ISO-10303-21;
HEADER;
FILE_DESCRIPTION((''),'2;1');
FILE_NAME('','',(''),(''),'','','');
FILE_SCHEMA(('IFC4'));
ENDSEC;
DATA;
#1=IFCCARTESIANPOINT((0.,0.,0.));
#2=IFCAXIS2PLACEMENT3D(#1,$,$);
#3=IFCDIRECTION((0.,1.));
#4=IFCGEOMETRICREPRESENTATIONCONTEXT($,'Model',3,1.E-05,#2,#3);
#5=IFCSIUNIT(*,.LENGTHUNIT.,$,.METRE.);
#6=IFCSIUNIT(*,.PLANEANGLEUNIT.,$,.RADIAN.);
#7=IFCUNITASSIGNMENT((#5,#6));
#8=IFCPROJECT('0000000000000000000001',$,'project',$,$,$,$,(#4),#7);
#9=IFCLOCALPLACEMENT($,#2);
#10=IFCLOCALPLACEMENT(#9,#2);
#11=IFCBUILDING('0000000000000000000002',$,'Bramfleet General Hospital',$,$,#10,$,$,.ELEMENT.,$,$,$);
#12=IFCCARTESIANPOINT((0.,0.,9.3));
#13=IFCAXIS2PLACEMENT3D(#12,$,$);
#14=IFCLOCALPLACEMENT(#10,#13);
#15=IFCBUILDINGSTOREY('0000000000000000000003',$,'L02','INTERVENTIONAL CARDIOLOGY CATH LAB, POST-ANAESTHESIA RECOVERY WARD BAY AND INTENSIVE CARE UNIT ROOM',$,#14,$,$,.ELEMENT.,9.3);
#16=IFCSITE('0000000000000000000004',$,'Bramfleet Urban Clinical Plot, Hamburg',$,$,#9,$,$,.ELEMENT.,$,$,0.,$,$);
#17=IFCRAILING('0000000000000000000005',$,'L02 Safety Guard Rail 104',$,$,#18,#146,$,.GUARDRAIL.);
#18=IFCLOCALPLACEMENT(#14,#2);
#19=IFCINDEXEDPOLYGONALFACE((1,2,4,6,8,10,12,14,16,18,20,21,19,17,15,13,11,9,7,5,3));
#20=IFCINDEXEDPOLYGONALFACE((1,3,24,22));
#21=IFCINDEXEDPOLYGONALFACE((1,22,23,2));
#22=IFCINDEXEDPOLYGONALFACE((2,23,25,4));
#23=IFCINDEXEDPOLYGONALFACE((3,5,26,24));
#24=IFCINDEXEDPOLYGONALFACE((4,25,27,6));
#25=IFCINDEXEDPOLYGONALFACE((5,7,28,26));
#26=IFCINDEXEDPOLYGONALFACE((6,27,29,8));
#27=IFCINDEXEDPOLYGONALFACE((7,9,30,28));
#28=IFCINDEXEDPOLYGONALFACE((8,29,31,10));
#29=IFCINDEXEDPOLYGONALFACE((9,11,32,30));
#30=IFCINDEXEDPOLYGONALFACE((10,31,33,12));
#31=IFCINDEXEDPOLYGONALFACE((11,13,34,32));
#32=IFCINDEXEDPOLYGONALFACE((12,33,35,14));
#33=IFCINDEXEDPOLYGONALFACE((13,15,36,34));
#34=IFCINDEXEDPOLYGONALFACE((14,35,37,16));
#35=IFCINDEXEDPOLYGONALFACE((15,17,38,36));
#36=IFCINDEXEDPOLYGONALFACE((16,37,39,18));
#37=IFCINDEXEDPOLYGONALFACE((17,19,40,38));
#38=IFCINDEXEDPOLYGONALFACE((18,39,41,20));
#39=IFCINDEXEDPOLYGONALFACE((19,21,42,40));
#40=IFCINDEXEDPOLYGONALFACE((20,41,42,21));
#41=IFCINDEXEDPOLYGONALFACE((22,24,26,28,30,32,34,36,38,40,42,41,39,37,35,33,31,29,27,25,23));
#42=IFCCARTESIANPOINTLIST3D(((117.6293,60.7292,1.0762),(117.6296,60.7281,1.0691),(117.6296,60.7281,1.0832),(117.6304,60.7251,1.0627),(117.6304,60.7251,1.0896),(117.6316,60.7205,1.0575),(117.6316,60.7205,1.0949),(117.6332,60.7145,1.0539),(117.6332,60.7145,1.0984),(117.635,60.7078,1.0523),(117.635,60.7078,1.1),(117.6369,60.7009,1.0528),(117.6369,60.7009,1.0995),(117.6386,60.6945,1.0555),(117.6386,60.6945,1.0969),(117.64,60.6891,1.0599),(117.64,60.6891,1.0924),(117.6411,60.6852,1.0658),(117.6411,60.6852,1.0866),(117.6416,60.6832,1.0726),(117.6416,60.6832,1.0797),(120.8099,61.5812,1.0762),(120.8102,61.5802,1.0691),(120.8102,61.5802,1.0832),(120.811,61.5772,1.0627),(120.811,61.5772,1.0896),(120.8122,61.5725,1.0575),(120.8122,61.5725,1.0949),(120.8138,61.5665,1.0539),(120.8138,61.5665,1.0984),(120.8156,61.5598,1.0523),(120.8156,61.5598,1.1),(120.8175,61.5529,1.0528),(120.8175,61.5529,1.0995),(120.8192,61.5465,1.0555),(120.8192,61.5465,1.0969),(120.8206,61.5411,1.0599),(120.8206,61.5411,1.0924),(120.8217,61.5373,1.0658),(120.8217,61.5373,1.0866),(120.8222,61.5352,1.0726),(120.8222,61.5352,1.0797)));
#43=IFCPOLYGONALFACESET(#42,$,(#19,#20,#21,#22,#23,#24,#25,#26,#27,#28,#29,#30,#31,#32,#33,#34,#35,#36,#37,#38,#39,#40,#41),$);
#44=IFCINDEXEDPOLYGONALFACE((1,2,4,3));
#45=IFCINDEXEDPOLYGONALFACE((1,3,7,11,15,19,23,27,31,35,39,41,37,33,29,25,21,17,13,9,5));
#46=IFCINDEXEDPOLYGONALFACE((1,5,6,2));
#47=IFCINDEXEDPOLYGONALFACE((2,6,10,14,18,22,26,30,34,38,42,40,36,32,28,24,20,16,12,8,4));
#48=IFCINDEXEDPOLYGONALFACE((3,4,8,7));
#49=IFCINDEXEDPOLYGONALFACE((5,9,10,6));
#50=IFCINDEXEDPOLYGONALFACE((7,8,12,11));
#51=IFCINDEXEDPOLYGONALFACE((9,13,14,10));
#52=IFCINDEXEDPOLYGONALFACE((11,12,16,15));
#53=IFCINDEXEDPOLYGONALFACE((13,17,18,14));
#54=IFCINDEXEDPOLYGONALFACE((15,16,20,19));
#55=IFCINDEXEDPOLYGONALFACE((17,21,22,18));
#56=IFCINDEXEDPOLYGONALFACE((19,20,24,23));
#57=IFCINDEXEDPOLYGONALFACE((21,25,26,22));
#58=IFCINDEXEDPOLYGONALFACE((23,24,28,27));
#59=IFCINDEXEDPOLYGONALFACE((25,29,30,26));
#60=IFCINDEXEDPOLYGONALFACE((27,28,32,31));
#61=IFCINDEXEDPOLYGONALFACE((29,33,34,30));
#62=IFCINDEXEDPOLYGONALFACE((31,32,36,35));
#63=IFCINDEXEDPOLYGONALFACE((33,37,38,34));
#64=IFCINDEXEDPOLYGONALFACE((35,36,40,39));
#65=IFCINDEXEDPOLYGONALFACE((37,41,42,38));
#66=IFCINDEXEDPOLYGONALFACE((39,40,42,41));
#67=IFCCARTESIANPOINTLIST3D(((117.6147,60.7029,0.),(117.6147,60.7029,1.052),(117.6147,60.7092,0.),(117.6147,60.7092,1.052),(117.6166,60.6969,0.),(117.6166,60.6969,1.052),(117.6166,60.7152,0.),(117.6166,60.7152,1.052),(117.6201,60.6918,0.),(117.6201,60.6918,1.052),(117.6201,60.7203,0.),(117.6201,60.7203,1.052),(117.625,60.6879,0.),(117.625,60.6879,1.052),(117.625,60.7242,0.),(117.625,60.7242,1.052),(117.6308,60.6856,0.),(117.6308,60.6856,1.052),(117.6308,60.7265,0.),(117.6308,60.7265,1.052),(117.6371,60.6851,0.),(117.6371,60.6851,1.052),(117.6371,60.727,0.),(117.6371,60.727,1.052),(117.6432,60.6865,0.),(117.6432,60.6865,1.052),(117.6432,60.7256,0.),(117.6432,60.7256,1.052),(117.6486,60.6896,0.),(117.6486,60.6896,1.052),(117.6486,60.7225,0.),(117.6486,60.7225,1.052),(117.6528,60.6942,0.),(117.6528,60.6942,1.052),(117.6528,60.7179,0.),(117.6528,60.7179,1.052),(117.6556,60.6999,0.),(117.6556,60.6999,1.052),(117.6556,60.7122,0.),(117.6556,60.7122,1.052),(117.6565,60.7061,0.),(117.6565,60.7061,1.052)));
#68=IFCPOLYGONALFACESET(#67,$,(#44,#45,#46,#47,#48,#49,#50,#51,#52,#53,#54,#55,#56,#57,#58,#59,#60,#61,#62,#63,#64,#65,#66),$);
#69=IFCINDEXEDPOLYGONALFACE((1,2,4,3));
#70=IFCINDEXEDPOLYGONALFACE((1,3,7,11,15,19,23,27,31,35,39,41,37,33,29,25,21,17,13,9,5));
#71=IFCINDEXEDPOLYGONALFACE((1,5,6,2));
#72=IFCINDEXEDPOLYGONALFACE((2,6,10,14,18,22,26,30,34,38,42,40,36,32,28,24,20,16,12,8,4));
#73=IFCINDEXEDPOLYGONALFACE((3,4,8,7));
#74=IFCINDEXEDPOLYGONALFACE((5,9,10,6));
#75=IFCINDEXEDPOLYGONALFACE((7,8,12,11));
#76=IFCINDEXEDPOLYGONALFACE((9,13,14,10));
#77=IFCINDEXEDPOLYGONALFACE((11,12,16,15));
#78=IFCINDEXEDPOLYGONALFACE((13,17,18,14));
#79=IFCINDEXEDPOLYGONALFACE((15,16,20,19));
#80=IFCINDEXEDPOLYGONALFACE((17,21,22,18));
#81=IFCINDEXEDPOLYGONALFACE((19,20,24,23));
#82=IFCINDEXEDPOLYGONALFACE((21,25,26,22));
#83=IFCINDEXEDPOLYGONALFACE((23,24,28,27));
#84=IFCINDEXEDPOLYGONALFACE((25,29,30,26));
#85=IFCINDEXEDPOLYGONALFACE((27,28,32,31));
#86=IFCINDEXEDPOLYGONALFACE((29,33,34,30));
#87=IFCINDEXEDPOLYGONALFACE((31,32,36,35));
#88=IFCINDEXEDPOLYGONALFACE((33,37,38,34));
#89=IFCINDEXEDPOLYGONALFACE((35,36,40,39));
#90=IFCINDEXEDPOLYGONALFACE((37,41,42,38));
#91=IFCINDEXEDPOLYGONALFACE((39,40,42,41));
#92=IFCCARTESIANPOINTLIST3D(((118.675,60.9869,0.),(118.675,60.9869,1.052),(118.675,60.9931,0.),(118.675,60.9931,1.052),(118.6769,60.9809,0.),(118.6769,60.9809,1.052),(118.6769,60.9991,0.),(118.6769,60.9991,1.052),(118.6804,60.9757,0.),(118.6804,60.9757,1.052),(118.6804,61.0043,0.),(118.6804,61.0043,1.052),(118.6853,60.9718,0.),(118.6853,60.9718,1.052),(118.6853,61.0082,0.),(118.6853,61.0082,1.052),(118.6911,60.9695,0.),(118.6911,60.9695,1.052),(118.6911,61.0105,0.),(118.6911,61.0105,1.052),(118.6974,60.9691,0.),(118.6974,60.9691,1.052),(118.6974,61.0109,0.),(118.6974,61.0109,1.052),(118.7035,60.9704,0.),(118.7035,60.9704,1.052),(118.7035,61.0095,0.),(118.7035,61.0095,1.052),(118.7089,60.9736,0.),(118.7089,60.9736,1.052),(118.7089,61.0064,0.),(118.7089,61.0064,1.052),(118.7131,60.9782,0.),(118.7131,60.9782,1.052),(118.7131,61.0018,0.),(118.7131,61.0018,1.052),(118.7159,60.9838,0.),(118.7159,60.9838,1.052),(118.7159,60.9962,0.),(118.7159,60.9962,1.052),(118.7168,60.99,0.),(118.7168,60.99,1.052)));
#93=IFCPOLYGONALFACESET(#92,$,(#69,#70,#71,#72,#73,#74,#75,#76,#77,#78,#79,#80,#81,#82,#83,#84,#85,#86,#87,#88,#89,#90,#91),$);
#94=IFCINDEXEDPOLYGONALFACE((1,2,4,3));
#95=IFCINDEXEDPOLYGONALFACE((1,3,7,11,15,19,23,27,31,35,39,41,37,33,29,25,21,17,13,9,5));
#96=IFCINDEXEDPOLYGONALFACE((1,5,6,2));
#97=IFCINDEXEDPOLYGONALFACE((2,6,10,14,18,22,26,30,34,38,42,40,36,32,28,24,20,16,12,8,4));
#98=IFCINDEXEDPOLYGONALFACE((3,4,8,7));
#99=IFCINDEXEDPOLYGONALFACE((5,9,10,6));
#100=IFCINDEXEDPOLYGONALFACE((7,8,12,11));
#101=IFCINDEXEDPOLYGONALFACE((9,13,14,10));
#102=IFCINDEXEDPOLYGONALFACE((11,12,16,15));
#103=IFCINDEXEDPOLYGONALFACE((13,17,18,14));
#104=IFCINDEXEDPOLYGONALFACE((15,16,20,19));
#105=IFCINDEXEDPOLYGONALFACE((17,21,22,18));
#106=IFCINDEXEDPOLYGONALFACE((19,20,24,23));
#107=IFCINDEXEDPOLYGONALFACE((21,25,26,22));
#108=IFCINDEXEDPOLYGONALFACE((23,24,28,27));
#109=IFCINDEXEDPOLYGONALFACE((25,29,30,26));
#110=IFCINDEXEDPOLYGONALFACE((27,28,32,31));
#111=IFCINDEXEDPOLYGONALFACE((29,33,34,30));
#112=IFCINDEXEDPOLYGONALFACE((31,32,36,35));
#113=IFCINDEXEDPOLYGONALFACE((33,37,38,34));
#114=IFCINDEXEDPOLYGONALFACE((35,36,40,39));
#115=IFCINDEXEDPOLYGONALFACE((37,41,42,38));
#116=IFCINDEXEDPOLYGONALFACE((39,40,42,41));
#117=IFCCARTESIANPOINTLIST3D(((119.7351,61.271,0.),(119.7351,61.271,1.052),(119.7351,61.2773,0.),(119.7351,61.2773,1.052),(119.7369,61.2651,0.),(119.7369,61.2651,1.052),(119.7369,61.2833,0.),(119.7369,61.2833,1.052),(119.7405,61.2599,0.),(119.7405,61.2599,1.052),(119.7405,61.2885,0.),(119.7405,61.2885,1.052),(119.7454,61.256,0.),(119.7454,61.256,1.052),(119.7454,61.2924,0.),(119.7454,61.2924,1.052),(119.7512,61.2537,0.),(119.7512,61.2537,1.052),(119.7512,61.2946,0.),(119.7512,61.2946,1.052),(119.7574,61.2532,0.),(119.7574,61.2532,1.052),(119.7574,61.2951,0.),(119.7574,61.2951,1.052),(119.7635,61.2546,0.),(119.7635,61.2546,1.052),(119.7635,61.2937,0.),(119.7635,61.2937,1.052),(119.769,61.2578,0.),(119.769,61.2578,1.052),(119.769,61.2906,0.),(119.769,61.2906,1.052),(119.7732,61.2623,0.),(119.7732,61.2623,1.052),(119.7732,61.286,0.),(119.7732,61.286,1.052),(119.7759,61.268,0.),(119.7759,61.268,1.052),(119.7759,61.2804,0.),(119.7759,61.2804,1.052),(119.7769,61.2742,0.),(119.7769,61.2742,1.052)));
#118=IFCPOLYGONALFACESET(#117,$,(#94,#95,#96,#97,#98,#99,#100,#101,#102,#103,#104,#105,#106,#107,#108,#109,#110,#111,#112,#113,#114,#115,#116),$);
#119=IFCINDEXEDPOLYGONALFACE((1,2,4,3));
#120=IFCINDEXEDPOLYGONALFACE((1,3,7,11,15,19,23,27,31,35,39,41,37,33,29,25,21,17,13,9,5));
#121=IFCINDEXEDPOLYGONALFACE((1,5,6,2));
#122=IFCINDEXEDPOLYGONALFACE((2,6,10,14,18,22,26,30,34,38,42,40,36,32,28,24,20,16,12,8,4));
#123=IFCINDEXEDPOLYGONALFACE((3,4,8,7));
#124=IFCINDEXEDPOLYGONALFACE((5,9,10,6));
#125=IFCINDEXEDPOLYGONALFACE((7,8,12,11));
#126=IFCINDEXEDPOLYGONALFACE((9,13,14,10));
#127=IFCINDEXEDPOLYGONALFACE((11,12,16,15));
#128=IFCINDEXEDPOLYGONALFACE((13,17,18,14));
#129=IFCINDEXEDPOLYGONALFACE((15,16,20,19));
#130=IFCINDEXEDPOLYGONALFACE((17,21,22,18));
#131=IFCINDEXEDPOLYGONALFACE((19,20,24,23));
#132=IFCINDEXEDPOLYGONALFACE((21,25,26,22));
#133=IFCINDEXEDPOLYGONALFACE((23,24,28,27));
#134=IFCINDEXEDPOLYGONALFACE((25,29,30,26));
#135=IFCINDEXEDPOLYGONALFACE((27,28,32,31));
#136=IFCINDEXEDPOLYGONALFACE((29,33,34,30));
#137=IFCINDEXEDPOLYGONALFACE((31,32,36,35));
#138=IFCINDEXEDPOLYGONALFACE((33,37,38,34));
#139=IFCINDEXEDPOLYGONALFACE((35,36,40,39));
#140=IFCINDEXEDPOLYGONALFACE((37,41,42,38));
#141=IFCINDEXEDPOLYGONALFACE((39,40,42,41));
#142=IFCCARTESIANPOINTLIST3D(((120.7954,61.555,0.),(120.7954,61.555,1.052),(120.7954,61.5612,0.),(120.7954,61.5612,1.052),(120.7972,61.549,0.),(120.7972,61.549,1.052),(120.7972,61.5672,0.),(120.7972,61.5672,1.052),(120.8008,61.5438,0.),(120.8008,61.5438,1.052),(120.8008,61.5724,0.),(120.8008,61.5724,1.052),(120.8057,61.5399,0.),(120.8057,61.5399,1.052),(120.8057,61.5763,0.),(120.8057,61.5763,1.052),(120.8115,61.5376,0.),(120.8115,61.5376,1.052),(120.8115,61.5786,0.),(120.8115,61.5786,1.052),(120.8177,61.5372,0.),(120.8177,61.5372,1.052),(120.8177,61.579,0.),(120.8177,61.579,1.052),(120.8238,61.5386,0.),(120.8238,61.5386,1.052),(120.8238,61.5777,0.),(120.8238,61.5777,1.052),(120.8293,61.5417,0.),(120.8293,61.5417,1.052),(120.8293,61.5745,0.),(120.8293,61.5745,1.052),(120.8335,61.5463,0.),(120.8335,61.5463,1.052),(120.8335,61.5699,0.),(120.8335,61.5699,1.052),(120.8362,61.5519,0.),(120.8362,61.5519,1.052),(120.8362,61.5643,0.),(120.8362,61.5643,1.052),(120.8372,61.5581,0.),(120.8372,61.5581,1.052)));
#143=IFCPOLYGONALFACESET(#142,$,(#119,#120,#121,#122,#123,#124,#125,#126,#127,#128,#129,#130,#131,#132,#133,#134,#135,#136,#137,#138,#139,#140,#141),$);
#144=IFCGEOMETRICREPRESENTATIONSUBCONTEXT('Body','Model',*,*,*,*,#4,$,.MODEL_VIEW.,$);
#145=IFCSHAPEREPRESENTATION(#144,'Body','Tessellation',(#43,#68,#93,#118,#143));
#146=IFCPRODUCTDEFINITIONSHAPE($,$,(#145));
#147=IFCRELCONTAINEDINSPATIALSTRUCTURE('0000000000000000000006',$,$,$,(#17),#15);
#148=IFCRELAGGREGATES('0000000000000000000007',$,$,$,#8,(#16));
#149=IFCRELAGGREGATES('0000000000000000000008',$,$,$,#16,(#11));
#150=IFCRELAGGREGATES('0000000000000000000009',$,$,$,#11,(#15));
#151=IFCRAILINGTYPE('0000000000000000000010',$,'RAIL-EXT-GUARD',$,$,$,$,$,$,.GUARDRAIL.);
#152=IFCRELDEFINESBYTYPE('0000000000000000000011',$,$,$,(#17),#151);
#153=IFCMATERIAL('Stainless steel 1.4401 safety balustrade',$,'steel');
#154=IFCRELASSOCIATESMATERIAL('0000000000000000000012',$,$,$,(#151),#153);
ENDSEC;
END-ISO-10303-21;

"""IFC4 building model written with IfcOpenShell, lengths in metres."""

from ifc_helpers import new_model, si_unit, direction, frame, origin, origin_2d, place, context, subcontext, project, spatial, circle, extrude, material, type_object, element, save


model = new_model("IFC4")

# Units and contexts
model_context = context("Model", 3, precision=1e-05, world=origin(), true_north=direction((0.0, 1.0)))
body_context = subcontext(model_context, "Body", "Model", "MODEL_VIEW")
ifc_project = project(units=[si_unit("LENGTHUNIT", "METRE"), si_unit("PLANEANGLEUNIT", "RADIAN")], contexts=[model_context])

# Site, building, storey
site_placement = place(None, origin())
site = spatial("IfcSite", under=ifc_project, at=site_placement, Name="Bramfleet Urban Clinical Plot, Hamburg", CompositionType="ELEMENT", RefElevation=0.0)
building_placement = place(site_placement, origin())
building = spatial("IfcBuilding", under=site, at=building_placement, Name="Bramfleet General Hospital", CompositionType="ELEMENT")
storey_placement = place(building_placement, frame((0.0, 0.0, 9.3)))
storey = spatial("IfcBuildingStorey", under=building, at=storey_placement, Name="L02", Description="INTERVENTIONAL CARDIOLOGY CATH LAB, POST-ANAESTHESIA RECOVERY WARD BAY AND INTENSIVE CARE UNIT ROOM", CompositionType="ELEMENT", Elevation=9.3)

# Railing
ifc_material_1 = material(Name="Stainless steel 1.4401 safety balustrade", Category="steel")
railing_type = type_object("IfcRailingType", Name="RAIL-EXT-GUARD", PredefinedType="GUARDRAIL", material=ifc_material_1)
railing_placement = place(storey_placement, frame((117.6355, 60.7061, 0.0)))
element("IfcRailing", 1, at=railing_placement, inside=storey, type_object=railing_type, Name="L02 Safety Guard Rail 104", PredefinedType="GUARDRAIL", context=body_context, shape_type="SweptSolid", body=[
    extrude(circle(Radius=0.0239, at=origin_2d()), frame((0.0, 0.0, 1.0762), z_axis=(0.965941, 0.258761, 0.0), x_axis=(-0.258761, 0.965941, 0.0)), (0.0, 0.0, 1.0), 3.2927),
    extrude(circle(Radius=0.021, at=origin_2d()), origin(), (0.0, 0.0, 1.0), 1.052),
    extrude(circle(Radius=0.021, at=origin_2d()), frame((1.0603, 0.2839, 0.0)), (0.0, 0.0, 1.0), 1.052),
    extrude(circle(Radius=0.021, at=origin_2d()), frame((2.1204, 0.5681, 0.0)), (0.0, 0.0, 1.0), 1.052),
    extrude(circle(Radius=0.021, at=origin_2d()), frame((3.1807, 0.8521, 0.0)), (0.0, 0.0, 1.0), 1.052),
])

save(model, "model.ifc")
